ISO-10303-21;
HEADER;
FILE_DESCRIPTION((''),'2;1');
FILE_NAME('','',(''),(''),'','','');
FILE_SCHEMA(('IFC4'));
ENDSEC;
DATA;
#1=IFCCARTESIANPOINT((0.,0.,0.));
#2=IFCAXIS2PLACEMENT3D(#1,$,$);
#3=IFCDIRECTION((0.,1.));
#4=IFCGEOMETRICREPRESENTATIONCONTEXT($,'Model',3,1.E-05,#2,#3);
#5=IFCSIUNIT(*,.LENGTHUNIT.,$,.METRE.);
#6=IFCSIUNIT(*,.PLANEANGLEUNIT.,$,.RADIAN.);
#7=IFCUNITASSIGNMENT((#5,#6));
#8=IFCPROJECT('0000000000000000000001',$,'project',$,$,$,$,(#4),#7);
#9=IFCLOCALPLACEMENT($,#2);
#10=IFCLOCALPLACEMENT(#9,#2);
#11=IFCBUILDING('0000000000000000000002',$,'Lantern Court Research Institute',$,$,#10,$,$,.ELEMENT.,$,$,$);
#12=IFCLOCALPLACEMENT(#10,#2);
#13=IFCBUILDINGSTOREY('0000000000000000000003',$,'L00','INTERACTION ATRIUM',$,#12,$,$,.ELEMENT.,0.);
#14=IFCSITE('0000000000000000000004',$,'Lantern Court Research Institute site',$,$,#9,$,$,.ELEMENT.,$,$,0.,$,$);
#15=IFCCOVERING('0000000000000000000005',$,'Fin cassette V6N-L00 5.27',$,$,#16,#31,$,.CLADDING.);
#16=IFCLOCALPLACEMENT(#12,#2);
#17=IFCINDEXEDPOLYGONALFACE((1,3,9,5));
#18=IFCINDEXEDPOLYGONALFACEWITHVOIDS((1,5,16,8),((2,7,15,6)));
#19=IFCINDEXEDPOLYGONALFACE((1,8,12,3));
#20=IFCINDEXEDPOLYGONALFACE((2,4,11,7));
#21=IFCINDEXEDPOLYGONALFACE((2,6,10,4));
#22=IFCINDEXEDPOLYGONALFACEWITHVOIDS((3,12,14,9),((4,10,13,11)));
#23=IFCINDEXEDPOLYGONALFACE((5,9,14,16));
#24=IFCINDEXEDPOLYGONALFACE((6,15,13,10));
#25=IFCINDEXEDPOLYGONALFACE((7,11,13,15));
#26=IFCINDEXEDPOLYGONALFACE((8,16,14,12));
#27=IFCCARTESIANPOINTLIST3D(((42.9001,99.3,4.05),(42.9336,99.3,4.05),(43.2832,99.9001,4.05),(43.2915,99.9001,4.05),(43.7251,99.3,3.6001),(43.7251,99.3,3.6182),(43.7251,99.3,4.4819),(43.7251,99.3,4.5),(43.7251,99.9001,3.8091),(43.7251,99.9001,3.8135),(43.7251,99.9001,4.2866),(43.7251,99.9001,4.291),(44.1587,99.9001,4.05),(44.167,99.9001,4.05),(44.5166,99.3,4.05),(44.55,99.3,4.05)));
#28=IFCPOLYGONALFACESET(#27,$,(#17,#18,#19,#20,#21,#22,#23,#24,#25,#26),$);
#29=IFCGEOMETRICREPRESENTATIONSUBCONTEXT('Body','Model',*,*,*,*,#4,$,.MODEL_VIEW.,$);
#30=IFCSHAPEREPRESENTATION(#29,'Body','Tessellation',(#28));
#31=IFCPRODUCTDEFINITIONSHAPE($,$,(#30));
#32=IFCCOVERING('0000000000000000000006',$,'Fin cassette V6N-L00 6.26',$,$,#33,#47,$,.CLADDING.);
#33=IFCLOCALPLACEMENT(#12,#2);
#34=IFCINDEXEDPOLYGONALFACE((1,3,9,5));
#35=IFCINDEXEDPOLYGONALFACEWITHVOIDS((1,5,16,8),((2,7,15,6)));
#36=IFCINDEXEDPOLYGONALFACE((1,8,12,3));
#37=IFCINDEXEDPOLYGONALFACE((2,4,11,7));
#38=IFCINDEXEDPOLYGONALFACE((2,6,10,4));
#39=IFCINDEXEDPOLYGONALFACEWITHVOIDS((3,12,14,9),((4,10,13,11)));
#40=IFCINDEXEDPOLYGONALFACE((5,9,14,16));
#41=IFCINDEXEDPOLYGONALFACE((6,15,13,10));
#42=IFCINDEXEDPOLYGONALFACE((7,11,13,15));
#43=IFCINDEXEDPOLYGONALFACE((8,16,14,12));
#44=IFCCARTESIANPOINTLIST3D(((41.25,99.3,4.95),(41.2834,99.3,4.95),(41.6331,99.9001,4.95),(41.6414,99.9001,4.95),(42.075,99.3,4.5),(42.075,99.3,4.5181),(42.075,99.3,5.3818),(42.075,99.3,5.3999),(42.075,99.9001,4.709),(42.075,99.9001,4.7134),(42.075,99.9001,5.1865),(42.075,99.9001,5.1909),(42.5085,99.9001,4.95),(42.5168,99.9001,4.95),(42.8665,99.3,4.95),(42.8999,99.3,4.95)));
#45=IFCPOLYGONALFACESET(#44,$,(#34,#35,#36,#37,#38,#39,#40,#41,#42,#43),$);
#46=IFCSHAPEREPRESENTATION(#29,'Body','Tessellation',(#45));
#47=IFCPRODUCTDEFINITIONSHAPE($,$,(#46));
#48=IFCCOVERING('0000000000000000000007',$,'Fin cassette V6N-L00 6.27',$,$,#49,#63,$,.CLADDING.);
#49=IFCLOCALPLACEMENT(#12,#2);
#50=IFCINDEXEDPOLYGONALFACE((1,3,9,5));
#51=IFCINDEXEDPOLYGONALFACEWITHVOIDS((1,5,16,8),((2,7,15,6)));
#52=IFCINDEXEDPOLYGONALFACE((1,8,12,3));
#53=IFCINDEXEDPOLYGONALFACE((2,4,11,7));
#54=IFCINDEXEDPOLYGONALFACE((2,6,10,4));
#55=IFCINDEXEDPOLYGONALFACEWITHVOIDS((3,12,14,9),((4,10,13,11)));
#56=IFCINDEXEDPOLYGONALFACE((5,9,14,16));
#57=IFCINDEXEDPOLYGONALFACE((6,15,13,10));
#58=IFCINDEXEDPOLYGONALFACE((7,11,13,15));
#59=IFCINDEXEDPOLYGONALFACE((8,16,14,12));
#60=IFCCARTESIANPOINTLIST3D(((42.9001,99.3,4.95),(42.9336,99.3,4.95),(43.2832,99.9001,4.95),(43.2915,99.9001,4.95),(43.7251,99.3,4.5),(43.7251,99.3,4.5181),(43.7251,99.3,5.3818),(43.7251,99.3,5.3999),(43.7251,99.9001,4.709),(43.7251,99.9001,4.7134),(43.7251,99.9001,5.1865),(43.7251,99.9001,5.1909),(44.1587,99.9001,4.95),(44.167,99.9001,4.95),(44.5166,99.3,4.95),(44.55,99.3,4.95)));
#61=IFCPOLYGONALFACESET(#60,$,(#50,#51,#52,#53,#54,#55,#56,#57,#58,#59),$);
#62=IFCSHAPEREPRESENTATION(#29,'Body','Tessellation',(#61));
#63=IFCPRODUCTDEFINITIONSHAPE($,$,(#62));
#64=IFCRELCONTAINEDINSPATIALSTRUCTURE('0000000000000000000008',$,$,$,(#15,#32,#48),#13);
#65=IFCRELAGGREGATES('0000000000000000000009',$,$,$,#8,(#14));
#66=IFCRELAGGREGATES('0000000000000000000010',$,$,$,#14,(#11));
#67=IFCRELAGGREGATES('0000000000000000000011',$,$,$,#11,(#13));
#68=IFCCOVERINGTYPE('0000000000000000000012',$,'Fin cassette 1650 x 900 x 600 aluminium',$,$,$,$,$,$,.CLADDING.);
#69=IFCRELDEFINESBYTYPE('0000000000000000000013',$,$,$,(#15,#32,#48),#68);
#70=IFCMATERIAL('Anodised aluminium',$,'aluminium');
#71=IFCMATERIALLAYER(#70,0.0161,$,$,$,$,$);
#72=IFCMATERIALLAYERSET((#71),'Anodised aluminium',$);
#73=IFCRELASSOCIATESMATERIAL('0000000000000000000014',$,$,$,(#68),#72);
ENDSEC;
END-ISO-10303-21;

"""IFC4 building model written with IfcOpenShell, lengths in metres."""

from ifc_helpers import new_model, entity, si_unit, direction, frame, origin, place, context, subcontext, project, spatial, material, layer, layer_set, type_object, element, save


model = new_model("IFC4")

# Units and contexts
model_context = context("Model", 3, precision=1e-05, world=origin(), true_north=direction((0.0, 1.0)))
body_context = subcontext(model_context, "Body", "Model", "MODEL_VIEW")
ifc_project = project(units=[si_unit("LENGTHUNIT", "METRE"), si_unit("PLANEANGLEUNIT", "RADIAN")], contexts=[model_context])

# Site, building, storey
site_placement = place(None, origin())
site = spatial("IfcSite", under=ifc_project, at=site_placement, Name="Lantern Court Research Institute site", CompositionType="ELEMENT", RefElevation=0.0)
building_placement = place(site_placement, origin())
building = spatial("IfcBuilding", under=site, at=building_placement, Name="Lantern Court Research Institute", CompositionType="ELEMENT")
storey_placement = place(building_placement, origin())
storey = spatial("IfcBuildingStorey", under=building, at=storey_placement, Name="L00", Description="INTERACTION ATRIUM", CompositionType="ELEMENT", Elevation=0.0)

# Coverings
ifc_material_1 = material(Name="Anodised aluminium", Category="aluminium")
ifc_layer_1 = layer(ifc_material_1, 0.0161)
ifc_layer_set_1 = layer_set([ifc_layer_1], Name="Anodised aluminium")
covering_type_1 = type_object("IfcCoveringType", Name="Fin cassette 1650 x 900 x 600 aluminium", PredefinedType="CLADDING", material=ifc_layer_set_1)
covering_1_placement = place(storey_placement, frame((43.7251, 99.3, 4.05), z_axis=(0.0, 1.0, 0.0), x_axis=(-1.0, 0.0, 0.0)))
cartesian_point_1 = entity("IfcCartesianPoint", [0.825, 0.0])
cartesian_point_2 = entity("IfcCartesianPoint", [0.7915, 0.0])
cartesian_point_3 = entity("IfcCartesianPoint", [0.4419, 0.0])
cartesian_point_4 = entity("IfcCartesianPoint", [0.4336, 0.0])
element("IfcCovering", 1, at=covering_1_placement, inside=storey, type_object=covering_type_1, Name="Fin cassette V6N-L00 5.27", PredefinedType="CLADDING", context=body_context, shape_type="SweptSolid", body=[
    entity("IfcExtrudedAreaSolidTapered", entity("IfcArbitraryProfileDefWithVoids", "AREA", None, entity("IfcPolyline", [cartesian_point_1, entity("IfcCartesianPoint", [0.0, 0.45]), entity("IfcCartesianPoint", [-0.825, 0.0]), entity("IfcCartesianPoint", [0.0, -0.45]), cartesian_point_1]), [entity("IfcPolyline", [cartesian_point_2, entity("IfcCartesianPoint", [0.0, 0.4319]), entity("IfcCartesianPoint", [-0.7915, 0.0]), entity("IfcCartesianPoint", [0.0, -0.4319]), cartesian_point_2])]), entity("IfcAxis2Placement3D", entity("IfcCartesianPoint", [0.0, 0.0, 0.0])), entity("IfcDirection", [0.0, 0.0, 1.0]), 0.6001, entity("IfcArbitraryProfileDefWithVoids", "AREA", None, entity("IfcPolyline", [cartesian_point_3, entity("IfcCartesianPoint", [0.0, 0.241]), entity("IfcCartesianPoint", [-0.4419, 0.0]), entity("IfcCartesianPoint", [0.0, -0.241]), cartesian_point_3]), [entity("IfcPolyline", [cartesian_point_4, entity("IfcCartesianPoint", [0.0, 0.2366]), entity("IfcCartesianPoint", [-0.4336, 0.0]), entity("IfcCartesianPoint", [0.0, -0.2366]), cartesian_point_4])])),
])
covering_2_placement = place(storey_placement, frame((42.075, 99.3, 4.95), z_axis=(0.0, 1.0, 0.0), x_axis=(-1.0, 0.0, 0.0)))
cartesian_point_5 = entity("IfcCartesianPoint", [0.825, 0.0])
cartesian_point_6 = entity("IfcCartesianPoint", [0.7915, 0.0])
cartesian_point_7 = entity("IfcCartesianPoint", [0.4419, 0.0])
cartesian_point_8 = entity("IfcCartesianPoint", [0.4336, 0.0])
element("IfcCovering", 2, at=covering_2_placement, inside=storey, type_object=covering_type_1, Name="Fin cassette V6N-L00 6.26", PredefinedType="CLADDING", context=body_context, shape_type="SweptSolid", body=[
    entity("IfcExtrudedAreaSolidTapered", entity("IfcArbitraryProfileDefWithVoids", "AREA", None, entity("IfcPolyline", [cartesian_point_5, entity("IfcCartesianPoint", [0.0, 0.45]), entity("IfcCartesianPoint", [-0.825, 0.0]), entity("IfcCartesianPoint", [0.0, -0.45]), cartesian_point_5]), [entity("IfcPolyline", [cartesian_point_6, entity("IfcCartesianPoint", [0.0, 0.4319]), entity("IfcCartesianPoint", [-0.7915, 0.0]), entity("IfcCartesianPoint", [0.0, -0.4319]), cartesian_point_6])]), entity("IfcAxis2Placement3D", entity("IfcCartesianPoint", [0.0, 0.0, 0.0])), entity("IfcDirection", [0.0, 0.0, 1.0]), 0.6001, entity("IfcArbitraryProfileDefWithVoids", "AREA", None, entity("IfcPolyline", [cartesian_point_7, entity("IfcCartesianPoint", [0.0, 0.241]), entity("IfcCartesianPoint", [-0.4419, 0.0]), entity("IfcCartesianPoint", [0.0, -0.241]), cartesian_point_7]), [entity("IfcPolyline", [cartesian_point_8, entity("IfcCartesianPoint", [0.0, 0.2366]), entity("IfcCartesianPoint", [-0.4336, 0.0]), entity("IfcCartesianPoint", [0.0, -0.2366]), cartesian_point_8])])),
])
covering_3_placement = place(storey_placement, frame((43.7251, 99.3, 4.95), z_axis=(0.0, 1.0, 0.0), x_axis=(-1.0, 0.0, 0.0)))
cartesian_point_9 = entity("IfcCartesianPoint", [0.825, 0.0])
cartesian_point_10 = entity("IfcCartesianPoint", [0.7915, 0.0])
cartesian_point_11 = entity("IfcCartesianPoint", [0.4419, 0.0])
cartesian_point_12 = entity("IfcCartesianPoint", [0.4336, 0.0])
element("IfcCovering", 3, at=covering_3_placement, inside=storey, type_object=covering_type_1, Name="Fin cassette V6N-L00 6.27", PredefinedType="CLADDING", context=body_context, shape_type="SweptSolid", body=[
    entity("IfcExtrudedAreaSolidTapered", entity("IfcArbitraryProfileDefWithVoids", "AREA", None, entity("IfcPolyline", [cartesian_point_9, entity("IfcCartesianPoint", [0.0, 0.45]), entity("IfcCartesianPoint", [-0.825, 0.0]), entity("IfcCartesianPoint", [0.0, -0.45]), cartesian_point_9]), [entity("IfcPolyline", [cartesian_point_10, entity("IfcCartesianPoint", [0.0, 0.4319]), entity("IfcCartesianPoint", [-0.7915, 0.0]), entity("IfcCartesianPoint", [0.0, -0.4319]), cartesian_point_10])]), entity("IfcAxis2Placement3D", entity("IfcCartesianPoint", [0.0, 0.0, 0.0])), entity("IfcDirection", [0.0, 0.0, 1.0]), 0.6001, entity("IfcArbitraryProfileDefWithVoids", "AREA", None, entity("IfcPolyline", [cartesian_point_11, entity("IfcCartesianPoint", [0.0, 0.241]), entity("IfcCartesianPoint", [-0.4419, 0.0]), entity("IfcCartesianPoint", [0.0, -0.241]), cartesian_point_11]), [entity("IfcPolyline", [cartesian_point_12, entity("IfcCartesianPoint", [0.0, 0.2366]), entity("IfcCartesianPoint", [-0.4336, 0.0]), entity("IfcCartesianPoint", [0.0, -0.2366]), cartesian_point_12])])),
])

save(model, "model.ifc")
